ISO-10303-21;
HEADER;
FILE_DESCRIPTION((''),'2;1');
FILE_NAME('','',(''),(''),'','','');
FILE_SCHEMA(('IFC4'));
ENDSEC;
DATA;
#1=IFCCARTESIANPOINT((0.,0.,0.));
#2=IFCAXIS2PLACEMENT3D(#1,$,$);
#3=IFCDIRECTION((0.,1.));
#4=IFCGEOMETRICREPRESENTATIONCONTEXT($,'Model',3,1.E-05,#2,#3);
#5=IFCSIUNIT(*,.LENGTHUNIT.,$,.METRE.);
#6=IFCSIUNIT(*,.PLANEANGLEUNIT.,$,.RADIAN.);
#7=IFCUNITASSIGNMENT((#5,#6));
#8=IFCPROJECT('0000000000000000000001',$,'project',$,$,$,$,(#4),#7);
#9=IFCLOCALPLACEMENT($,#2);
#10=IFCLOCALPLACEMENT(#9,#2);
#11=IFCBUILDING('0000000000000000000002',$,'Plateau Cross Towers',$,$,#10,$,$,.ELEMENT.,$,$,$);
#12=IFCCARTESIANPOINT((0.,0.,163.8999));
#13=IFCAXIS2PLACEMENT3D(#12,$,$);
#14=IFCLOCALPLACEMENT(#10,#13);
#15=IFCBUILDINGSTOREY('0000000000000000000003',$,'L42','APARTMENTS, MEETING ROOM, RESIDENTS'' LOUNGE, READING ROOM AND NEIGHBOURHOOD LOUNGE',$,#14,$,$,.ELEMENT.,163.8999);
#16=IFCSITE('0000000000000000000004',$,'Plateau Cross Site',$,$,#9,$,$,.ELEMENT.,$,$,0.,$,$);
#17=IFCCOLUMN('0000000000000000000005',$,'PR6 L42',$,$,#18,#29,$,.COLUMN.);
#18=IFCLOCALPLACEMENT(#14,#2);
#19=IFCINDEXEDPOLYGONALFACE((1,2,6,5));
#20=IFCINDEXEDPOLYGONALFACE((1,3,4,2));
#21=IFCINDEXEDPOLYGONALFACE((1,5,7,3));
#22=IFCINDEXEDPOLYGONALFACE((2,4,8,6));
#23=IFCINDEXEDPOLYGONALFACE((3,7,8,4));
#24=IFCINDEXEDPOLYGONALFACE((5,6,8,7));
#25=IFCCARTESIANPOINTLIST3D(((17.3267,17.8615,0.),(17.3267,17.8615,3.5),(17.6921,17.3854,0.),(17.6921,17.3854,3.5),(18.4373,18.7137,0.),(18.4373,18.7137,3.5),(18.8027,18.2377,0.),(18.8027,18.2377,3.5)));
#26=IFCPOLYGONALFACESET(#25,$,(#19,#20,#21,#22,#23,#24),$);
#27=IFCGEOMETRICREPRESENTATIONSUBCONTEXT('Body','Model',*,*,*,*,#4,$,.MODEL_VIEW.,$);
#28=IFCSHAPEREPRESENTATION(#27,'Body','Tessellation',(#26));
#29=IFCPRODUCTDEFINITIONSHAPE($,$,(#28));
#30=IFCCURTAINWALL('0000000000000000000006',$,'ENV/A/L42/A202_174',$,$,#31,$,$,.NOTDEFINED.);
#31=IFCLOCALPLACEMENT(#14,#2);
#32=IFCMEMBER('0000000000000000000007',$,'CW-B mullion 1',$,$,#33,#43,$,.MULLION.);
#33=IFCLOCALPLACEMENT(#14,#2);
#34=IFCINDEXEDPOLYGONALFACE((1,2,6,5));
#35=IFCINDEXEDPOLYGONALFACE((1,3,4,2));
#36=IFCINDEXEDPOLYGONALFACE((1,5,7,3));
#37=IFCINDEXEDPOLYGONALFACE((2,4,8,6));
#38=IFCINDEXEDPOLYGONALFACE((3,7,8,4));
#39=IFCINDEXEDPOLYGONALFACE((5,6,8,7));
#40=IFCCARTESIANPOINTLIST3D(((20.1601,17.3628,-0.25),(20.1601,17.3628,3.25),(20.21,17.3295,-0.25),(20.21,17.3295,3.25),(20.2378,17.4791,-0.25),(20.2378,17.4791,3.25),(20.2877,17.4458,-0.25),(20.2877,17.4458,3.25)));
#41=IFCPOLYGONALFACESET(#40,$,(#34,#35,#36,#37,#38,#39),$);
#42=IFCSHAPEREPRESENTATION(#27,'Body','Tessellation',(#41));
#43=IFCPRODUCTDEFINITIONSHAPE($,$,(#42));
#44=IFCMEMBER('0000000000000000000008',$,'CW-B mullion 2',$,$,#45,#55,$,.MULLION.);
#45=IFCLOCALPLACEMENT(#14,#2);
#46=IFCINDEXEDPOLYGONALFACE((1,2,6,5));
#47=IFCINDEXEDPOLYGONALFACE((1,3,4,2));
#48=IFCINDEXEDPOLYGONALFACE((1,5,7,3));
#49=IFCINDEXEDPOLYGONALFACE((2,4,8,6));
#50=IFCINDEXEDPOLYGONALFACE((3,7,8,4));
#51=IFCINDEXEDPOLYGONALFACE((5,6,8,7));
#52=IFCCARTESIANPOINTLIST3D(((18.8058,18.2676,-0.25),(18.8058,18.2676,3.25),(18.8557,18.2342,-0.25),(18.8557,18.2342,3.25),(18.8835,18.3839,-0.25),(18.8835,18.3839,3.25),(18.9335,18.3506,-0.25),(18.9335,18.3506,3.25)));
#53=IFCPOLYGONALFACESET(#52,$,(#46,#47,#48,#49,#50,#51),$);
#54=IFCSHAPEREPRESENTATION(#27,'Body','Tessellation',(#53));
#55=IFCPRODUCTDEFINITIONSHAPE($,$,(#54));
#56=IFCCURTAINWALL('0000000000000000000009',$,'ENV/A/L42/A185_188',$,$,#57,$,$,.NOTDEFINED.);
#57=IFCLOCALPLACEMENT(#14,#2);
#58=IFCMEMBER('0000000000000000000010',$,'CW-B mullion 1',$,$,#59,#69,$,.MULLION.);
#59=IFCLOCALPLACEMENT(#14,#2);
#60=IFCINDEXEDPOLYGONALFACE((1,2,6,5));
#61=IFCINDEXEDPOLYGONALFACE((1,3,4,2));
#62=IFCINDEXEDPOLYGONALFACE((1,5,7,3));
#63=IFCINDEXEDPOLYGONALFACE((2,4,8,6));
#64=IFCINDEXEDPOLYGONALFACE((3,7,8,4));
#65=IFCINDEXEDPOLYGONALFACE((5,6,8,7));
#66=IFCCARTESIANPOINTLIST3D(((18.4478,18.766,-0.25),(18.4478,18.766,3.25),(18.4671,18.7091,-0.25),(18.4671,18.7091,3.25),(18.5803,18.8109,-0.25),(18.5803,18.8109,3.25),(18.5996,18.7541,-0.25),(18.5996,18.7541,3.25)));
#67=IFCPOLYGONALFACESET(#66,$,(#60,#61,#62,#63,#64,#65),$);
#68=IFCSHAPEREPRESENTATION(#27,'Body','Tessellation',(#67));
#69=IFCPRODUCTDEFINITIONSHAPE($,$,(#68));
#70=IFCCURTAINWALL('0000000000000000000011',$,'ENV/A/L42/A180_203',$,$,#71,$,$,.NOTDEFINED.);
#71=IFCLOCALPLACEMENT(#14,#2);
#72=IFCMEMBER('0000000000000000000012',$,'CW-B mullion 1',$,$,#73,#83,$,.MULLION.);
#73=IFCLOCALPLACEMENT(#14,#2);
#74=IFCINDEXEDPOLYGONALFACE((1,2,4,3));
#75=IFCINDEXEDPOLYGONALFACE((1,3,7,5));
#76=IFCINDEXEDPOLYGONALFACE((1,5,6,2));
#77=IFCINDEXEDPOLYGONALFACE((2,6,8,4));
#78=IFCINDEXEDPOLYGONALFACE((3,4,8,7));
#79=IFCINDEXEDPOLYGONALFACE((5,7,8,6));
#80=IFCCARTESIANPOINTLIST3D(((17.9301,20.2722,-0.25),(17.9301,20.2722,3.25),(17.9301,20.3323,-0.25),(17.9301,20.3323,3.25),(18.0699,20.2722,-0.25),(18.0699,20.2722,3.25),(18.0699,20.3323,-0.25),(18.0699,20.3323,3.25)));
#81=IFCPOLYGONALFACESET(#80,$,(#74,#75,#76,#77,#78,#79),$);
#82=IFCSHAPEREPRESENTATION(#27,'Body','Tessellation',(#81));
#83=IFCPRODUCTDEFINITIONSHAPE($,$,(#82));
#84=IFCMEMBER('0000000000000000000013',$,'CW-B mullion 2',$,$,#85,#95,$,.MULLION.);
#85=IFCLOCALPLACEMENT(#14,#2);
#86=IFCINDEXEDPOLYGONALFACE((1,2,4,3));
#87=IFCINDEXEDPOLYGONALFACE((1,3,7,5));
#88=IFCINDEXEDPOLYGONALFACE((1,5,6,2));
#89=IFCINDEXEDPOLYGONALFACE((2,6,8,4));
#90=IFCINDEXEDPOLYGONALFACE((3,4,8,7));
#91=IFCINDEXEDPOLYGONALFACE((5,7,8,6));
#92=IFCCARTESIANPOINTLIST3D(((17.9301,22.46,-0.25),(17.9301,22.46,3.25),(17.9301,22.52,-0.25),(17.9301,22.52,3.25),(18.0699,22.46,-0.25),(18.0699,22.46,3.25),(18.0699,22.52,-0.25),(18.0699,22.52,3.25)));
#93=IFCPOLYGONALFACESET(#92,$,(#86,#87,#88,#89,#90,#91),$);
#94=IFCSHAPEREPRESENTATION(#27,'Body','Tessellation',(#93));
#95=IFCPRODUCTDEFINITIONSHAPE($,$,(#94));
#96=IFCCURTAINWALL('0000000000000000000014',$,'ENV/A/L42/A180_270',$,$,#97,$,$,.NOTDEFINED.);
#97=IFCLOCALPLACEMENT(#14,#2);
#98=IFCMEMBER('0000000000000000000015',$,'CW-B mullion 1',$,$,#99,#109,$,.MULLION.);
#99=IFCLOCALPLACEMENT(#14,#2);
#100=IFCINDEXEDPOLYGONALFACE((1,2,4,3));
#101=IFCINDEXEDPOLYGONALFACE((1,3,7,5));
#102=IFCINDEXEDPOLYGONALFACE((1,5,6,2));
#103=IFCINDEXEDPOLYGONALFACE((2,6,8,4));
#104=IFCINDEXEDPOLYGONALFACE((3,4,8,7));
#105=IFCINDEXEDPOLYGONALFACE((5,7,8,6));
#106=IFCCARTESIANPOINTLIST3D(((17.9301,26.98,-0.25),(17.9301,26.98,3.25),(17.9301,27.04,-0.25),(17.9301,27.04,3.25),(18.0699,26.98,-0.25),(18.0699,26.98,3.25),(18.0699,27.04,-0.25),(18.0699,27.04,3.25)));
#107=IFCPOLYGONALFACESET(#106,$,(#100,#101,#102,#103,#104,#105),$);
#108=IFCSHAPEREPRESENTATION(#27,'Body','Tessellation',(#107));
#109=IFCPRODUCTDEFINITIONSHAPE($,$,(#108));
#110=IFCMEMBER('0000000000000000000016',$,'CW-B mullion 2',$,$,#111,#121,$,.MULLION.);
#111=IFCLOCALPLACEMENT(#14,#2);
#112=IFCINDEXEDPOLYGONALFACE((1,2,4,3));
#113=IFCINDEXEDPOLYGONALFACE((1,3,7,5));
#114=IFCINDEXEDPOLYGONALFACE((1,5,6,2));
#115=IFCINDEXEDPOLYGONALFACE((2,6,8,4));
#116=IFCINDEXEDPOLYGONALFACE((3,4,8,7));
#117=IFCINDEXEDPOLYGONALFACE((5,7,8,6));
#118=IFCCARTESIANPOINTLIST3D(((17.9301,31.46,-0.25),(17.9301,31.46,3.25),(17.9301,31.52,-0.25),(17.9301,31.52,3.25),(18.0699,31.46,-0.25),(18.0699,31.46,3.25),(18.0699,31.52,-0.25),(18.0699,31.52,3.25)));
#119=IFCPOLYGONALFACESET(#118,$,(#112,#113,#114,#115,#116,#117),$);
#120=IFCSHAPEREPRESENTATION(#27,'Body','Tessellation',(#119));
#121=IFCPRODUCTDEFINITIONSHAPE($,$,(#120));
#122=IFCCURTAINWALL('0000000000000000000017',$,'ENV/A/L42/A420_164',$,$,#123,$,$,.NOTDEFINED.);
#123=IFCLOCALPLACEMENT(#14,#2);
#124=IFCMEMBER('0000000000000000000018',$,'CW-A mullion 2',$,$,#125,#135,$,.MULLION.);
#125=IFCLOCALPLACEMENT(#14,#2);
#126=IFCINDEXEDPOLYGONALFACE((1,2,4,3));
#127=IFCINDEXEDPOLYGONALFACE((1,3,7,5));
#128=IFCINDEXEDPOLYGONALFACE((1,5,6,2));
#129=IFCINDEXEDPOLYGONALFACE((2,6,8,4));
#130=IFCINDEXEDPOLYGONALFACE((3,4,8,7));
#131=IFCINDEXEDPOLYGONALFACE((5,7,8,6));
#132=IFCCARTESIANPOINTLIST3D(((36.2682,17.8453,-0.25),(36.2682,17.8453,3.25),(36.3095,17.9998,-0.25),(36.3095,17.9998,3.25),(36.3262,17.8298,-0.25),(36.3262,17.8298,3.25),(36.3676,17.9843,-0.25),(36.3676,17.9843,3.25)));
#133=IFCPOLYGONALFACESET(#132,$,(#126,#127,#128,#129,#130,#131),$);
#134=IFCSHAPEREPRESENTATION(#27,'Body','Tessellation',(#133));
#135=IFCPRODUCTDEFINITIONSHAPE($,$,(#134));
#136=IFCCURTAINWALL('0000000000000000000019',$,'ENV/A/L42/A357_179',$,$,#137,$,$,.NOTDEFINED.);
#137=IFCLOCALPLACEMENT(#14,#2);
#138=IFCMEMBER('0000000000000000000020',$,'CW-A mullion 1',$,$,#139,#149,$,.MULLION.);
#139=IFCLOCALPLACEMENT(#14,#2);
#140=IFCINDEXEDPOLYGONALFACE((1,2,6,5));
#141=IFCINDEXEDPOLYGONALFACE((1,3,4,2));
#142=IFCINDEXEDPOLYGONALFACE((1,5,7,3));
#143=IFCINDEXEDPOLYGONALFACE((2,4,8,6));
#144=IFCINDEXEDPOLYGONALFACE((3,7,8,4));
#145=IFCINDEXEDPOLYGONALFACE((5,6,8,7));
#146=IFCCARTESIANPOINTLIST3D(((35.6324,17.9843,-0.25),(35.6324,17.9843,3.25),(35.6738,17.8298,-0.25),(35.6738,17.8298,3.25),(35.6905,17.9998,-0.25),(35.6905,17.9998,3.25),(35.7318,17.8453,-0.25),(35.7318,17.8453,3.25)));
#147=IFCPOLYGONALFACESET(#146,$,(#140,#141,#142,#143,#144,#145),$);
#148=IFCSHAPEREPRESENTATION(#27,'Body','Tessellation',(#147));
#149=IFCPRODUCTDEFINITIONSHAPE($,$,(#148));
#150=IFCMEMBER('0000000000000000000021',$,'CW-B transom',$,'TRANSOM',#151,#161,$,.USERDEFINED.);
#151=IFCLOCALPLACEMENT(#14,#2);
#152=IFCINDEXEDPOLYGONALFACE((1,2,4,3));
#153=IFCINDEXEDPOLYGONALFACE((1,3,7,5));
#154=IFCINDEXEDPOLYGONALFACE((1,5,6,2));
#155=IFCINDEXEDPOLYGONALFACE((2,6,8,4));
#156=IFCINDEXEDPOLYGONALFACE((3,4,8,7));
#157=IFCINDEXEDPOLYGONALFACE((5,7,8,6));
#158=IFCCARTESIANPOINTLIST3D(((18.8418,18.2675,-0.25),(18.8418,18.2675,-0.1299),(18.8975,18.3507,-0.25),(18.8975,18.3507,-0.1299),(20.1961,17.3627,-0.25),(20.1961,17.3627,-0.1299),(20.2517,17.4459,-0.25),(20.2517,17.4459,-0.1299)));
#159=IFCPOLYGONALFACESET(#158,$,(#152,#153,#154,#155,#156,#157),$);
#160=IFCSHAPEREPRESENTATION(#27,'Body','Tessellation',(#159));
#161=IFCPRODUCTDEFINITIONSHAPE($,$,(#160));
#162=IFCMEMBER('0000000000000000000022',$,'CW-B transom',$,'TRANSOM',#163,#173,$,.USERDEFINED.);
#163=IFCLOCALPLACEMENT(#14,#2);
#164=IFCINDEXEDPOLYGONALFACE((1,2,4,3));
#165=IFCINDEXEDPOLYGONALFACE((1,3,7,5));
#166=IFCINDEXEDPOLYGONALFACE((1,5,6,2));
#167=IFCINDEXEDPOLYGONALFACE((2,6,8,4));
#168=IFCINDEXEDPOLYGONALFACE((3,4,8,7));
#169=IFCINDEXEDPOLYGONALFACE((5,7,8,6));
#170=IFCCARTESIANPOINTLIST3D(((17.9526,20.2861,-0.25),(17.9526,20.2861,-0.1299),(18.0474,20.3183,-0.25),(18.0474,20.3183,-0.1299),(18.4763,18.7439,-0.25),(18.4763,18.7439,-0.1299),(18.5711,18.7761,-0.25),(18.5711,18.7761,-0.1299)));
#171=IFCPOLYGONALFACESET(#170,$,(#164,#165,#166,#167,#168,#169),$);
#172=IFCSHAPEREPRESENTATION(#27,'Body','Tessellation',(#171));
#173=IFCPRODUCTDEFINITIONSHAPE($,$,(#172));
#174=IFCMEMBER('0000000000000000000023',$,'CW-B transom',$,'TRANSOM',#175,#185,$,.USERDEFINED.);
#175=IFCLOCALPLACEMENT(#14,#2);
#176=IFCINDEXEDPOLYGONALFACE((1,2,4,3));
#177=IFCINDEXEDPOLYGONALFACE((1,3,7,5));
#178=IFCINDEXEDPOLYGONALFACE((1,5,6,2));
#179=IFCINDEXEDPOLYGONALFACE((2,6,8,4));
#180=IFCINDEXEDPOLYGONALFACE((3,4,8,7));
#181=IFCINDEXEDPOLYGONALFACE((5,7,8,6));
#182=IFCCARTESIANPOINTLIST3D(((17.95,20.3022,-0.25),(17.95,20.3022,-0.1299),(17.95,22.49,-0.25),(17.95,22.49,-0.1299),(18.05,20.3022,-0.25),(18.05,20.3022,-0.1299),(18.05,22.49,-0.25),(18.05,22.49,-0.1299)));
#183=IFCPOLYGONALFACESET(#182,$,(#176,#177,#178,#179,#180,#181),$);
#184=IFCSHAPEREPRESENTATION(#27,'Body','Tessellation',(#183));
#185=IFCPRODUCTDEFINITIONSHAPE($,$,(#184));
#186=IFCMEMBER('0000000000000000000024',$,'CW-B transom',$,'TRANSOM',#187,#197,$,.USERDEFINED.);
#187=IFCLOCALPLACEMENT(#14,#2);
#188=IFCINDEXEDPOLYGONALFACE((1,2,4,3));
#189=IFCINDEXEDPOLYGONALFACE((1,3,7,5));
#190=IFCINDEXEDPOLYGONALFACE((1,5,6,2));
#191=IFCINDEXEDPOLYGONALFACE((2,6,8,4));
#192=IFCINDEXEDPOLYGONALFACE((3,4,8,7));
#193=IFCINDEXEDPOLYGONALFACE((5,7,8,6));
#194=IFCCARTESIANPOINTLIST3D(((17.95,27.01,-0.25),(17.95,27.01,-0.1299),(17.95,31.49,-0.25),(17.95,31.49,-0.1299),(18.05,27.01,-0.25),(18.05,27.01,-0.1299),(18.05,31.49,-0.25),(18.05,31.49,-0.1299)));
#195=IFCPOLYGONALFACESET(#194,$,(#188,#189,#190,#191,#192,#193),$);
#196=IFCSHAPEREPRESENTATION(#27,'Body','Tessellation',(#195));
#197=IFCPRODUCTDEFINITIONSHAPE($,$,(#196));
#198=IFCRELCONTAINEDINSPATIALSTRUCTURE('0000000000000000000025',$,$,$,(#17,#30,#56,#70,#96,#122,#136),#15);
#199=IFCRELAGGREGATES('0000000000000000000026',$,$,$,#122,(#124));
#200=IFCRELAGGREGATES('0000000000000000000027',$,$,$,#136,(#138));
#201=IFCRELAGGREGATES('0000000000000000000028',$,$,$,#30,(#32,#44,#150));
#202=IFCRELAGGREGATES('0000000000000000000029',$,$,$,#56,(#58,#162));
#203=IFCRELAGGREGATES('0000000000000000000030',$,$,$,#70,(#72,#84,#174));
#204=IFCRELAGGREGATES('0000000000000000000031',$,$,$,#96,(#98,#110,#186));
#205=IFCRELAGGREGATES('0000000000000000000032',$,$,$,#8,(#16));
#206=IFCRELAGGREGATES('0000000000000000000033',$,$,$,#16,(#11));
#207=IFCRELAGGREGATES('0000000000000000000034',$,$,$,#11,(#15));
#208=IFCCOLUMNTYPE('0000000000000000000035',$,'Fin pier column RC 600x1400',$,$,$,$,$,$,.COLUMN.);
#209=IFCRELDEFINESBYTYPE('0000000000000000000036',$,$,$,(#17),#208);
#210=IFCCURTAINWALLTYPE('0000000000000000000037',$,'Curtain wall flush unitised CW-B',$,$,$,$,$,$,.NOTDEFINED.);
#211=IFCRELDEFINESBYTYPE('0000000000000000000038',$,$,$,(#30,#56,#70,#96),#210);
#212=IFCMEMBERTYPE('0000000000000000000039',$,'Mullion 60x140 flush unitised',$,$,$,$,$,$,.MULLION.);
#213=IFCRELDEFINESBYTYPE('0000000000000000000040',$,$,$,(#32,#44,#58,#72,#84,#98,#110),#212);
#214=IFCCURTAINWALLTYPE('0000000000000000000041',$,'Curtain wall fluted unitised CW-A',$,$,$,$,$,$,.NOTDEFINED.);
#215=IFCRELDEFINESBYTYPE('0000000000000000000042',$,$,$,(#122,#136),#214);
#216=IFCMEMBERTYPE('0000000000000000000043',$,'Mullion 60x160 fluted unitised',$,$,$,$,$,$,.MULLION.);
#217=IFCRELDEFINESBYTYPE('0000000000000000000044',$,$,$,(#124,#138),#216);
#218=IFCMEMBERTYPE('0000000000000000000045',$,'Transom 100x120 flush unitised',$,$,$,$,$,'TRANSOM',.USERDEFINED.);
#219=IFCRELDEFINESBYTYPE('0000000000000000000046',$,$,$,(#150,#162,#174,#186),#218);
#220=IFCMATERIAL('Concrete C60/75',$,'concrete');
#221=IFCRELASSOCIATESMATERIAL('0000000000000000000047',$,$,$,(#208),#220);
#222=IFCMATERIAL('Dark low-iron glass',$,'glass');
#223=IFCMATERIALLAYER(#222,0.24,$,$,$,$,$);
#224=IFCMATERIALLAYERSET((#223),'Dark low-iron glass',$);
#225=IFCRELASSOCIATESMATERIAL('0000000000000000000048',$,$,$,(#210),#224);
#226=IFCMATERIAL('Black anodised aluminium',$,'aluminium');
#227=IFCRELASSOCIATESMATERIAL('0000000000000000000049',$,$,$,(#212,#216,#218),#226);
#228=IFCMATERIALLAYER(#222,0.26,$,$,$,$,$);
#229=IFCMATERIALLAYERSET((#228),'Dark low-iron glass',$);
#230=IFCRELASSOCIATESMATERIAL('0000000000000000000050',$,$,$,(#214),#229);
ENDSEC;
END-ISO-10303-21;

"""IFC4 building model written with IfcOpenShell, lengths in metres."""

from ifc_helpers import new_model, si_unit, direction, frame, origin, origin_2d, place, context, subcontext, project, spatial, rectangle, extrude, material, layer, layer_set, material_profile, profile_set, type_object, element, aggregate, save


model = new_model("IFC4")

# Units and contexts
model_context = context("Model", 3, precision=1e-05, world=origin(), true_north=direction((0.0, 1.0)))
body_context = subcontext(model_context, "Body", "Model", "MODEL_VIEW")
ifc_project = project(units=[si_unit("LENGTHUNIT", "METRE"), si_unit("PLANEANGLEUNIT", "RADIAN")], contexts=[model_context])

# Site, building, storey
site_placement = place(None, origin())
site = spatial("IfcSite", under=ifc_project, at=site_placement, Name="Plateau Cross Site", CompositionType="ELEMENT", RefElevation=0.0)
building_placement = place(site_placement, origin())
building = spatial("IfcBuilding", under=site, at=building_placement, Name="Plateau Cross Towers", CompositionType="ELEMENT")
storey_placement = place(building_placement, frame((0.0, 0.0, 163.8999)))
storey = spatial("IfcBuildingStorey", under=building, at=storey_placement, Name="L42", Description="APARTMENTS, MEETING ROOM, RESIDENTS' LOUNGE, READING ROOM AND NEIGHBOURHOOD LOUNGE", CompositionType="ELEMENT", Elevation=163.8999)

# Column
ifc_material_1 = material(Name="Concrete C60/75", Category="concrete")
ifc_material_profile_1 = material_profile(ifc_material_1, rectangle(XDim=0.6001, YDim=1.3999, at=origin_2d()), Name="RC 600x1400")
ifc_profile_set_1 = profile_set([ifc_material_profile_1], Name="Concrete C60/75")
column_type = type_object("IfcColumnType", Name="Fin pier column RC 600x1400", PredefinedType="COLUMN", material=ifc_profile_set_1)
column_placement = place(storey_placement, frame((18.0647, 18.0496, 0.0), z_axis=(0.0, 0.0, 1.0), x_axis=(-0.608811, 0.793315, 0.0)))
element("IfcColumn", 1, at=column_placement, inside=storey, type_object=column_type, Name="PR6 L42", PredefinedType="COLUMN", context=body_context, shape_type="SweptSolid", body=[
    extrude(rectangle(XDim=0.6001, YDim=1.3999, at=origin_2d()), origin(), (0.0, 0.0, 1.0), 3.5),
])

# Curtain wall, members
ifc_material_2 = material(Name="Dark low-iron glass", Category="glass")
ifc_layer_1 = layer(ifc_material_2, 0.24)
ifc_layer_set_1 = layer_set([ifc_layer_1], Name="Dark low-iron glass")
curtain_wall_type_1 = type_object("IfcCurtainWallType", Name="Curtain wall flush unitised CW-B", PredefinedType="NOTDEFINED", material=ifc_layer_set_1)
curtain_wall_1_placement = place(storey_placement, origin())
curtain_wall_1 = element("IfcCurtainWall", 2, at=curtain_wall_1_placement, inside=storey, type_object=curtain_wall_type_1, Name="ENV/A/L42/A202_174", PredefinedType="NOTDEFINED")
ifc_material_3 = material(Name="Black anodised aluminium", Category="aluminium")
ifc_material_profile_2 = material_profile(ifc_material_3, rectangle(XDim=0.0601, YDim=0.1399, at=origin_2d()), Name="MULLION 60x140")
ifc_profile_set_2 = profile_set([ifc_material_profile_2], Name="Black anodised aluminium")
member_type_1 = type_object("IfcMemberType", Name="Mullion 60x140 flush unitised", PredefinedType="MULLION", material=ifc_profile_set_2)
member_1_placement = place(storey_placement, frame((20.2239, 17.4043, -0.25), z_axis=(0.0, 0.0, 1.0), x_axis=(-0.831521, 0.555493, 0.0)))
member_1 = element("IfcMember", 3, at=member_1_placement, type_object=member_type_1, Name="CW-B mullion 1", PredefinedType="MULLION", context=body_context, shape_type="SweptSolid", body=[
    extrude(rectangle(XDim=0.0601, YDim=0.1399, at=origin_2d()), origin(), (0.0, 0.0, 1.0), 3.5),
])
member_2_placement = place(storey_placement, frame((18.8696, 18.3091, -0.25), z_axis=(0.0, 0.0, 1.0), x_axis=(-0.831521, 0.555493, 0.0)))
member_2 = element("IfcMember", 4, at=member_2_placement, type_object=member_type_1, Name="CW-B mullion 2", PredefinedType="MULLION", context=body_context, shape_type="SweptSolid", body=[
    extrude(rectangle(XDim=0.0601, YDim=0.1399, at=origin_2d()), origin(), (0.0, 0.0, 1.0), 3.5),
])

# Curtain wall, member
curtain_wall_2_placement = place(storey_placement, origin())
curtain_wall_2 = element("IfcCurtainWall", 5, at=curtain_wall_2_placement, inside=storey, type_object=curtain_wall_type_1, Name="ENV/A/L42/A185_188", PredefinedType="NOTDEFINED")
member_3_placement = place(storey_placement, frame((18.5237, 18.76, -0.25), z_axis=(0.0, 0.0, 1.0), x_axis=(-0.321469, 0.94692, 0.0)))
member_3 = element("IfcMember", 6, at=member_3_placement, type_object=member_type_1, Name="CW-B mullion 1", PredefinedType="MULLION", context=body_context, shape_type="SweptSolid", body=[
    extrude(rectangle(XDim=0.0601, YDim=0.1399, at=origin_2d()), origin(), (0.0, 0.0, 1.0), 3.5),
])

# Curtain walls, members
curtain_wall_3_placement = place(storey_placement, origin())
curtain_wall_3 = element("IfcCurtainWall", 7, at=curtain_wall_3_placement, inside=storey, type_object=curtain_wall_type_1, Name="ENV/A/L42/A180_203", PredefinedType="NOTDEFINED")
member_4_placement = place(storey_placement, frame((18.0, 20.3022, -0.25), z_axis=(0.0, 0.0, 1.0), x_axis=(0.0, 1.0, 0.0)))
member_4 = element("IfcMember", 8, at=member_4_placement, type_object=member_type_1, Name="CW-B mullion 1", PredefinedType="MULLION", context=body_context, shape_type="SweptSolid", body=[
    extrude(rectangle(XDim=0.0601, YDim=0.1399, at=origin_2d()), origin(), (0.0, 0.0, 1.0), 3.5),
])
member_5_placement = place(storey_placement, frame((18.0, 22.49, -0.25), z_axis=(0.0, 0.0, 1.0), x_axis=(0.0, 1.0, 0.0)))
member_5 = element("IfcMember", 9, at=member_5_placement, type_object=member_type_1, Name="CW-B mullion 2", PredefinedType="MULLION", context=body_context, shape_type="SweptSolid", body=[
    extrude(rectangle(XDim=0.0601, YDim=0.1399, at=origin_2d()), origin(), (0.0, 0.0, 1.0), 3.5),
])
curtain_wall_4_placement = place(storey_placement, origin())
curtain_wall_4 = element("IfcCurtainWall", 10, at=curtain_wall_4_placement, inside=storey, type_object=curtain_wall_type_1, Name="ENV/A/L42/A180_270", PredefinedType="NOTDEFINED")
member_6_placement = place(storey_placement, frame((18.0, 27.01, -0.25), z_axis=(0.0, 0.0, 1.0), x_axis=(0.0, 1.0, 0.0)))
member_6 = element("IfcMember", 11, at=member_6_placement, type_object=member_type_1, Name="CW-B mullion 1", PredefinedType="MULLION", context=body_context, shape_type="SweptSolid", body=[
    extrude(rectangle(XDim=0.0601, YDim=0.1399, at=origin_2d()), origin(), (0.0, 0.0, 1.0), 3.5),
])
member_7_placement = place(storey_placement, frame((18.0, 31.49, -0.25), z_axis=(0.0, 0.0, 1.0), x_axis=(0.0, 1.0, 0.0)))
member_7 = element("IfcMember", 12, at=member_7_placement, type_object=member_type_1, Name="CW-B mullion 2", PredefinedType="MULLION", context=body_context, shape_type="SweptSolid", body=[
    extrude(rectangle(XDim=0.0601, YDim=0.1399, at=origin_2d()), origin(), (0.0, 0.0, 1.0), 3.5),
])

# Curtain walls, members
ifc_layer_2 = layer(ifc_material_2, 0.26)
ifc_layer_set_2 = layer_set([ifc_layer_2], Name="Dark low-iron glass")
curtain_wall_type_2 = type_object("IfcCurtainWallType", Name="Curtain wall fluted unitised CW-A", PredefinedType="NOTDEFINED", material=ifc_layer_set_2)
curtain_wall_5_placement = place(storey_placement, origin())
curtain_wall_5 = element("IfcCurtainWall", 13, at=curtain_wall_5_placement, inside=storey, type_object=curtain_wall_type_2, Name="ENV/A/L42/A420_164", PredefinedType="NOTDEFINED")
ifc_material_profile_3 = material_profile(ifc_material_3, rectangle(XDim=0.0601, YDim=0.1599, at=origin_2d()), Name="MULLION 60x160")
ifc_profile_set_3 = profile_set([ifc_material_profile_3], Name="Black anodised aluminium")
member_type_2 = type_object("IfcMemberType", Name="Mullion 60x160 fluted unitised", PredefinedType="MULLION", material=ifc_profile_set_3)
member_8_placement = place(storey_placement, frame((36.3179, 17.9148, -0.25), z_axis=(0.0, 0.0, 1.0), x_axis=(-0.965958, 0.258699, 0.0)))
member_8 = element("IfcMember", 14, at=member_8_placement, type_object=member_type_2, Name="CW-A mullion 2", PredefinedType="MULLION", context=body_context, shape_type="SweptSolid", body=[
    extrude(rectangle(XDim=0.0601, YDim=0.1599, at=origin_2d()), origin(), (0.0, 0.0, 1.0), 3.5),
])
aggregate(curtain_wall_5, [member_8])
curtain_wall_6_placement = place(storey_placement, origin())
curtain_wall_6 = element("IfcCurtainWall", 15, at=curtain_wall_6_placement, inside=storey, type_object=curtain_wall_type_2, Name="ENV/A/L42/A357_179", PredefinedType="NOTDEFINED")
member_9_placement = place(storey_placement, frame((35.6821, 17.9148, -0.25), z_axis=(0.0, 0.0, 1.0), x_axis=(-0.965958, -0.258699, 0.0)))
member_9 = element("IfcMember", 16, at=member_9_placement, type_object=member_type_2, Name="CW-A mullion 1", PredefinedType="MULLION", context=body_context, shape_type="SweptSolid", body=[
    extrude(rectangle(XDim=0.0601, YDim=0.1599, at=origin_2d()), origin(), (0.0, 0.0, 1.0), 3.5),
])

# Members
ifc_material_profile_4 = material_profile(ifc_material_3, rectangle(XDim=0.1001, YDim=0.1201, at=origin_2d()), Name="TRANSOM 100x120")
ifc_profile_set_4 = profile_set([ifc_material_profile_4], Name="Black anodised aluminium")
member_type_3 = type_object("IfcMemberType", Name="Transom 100x120 flush unitised", ElementType="TRANSOM", PredefinedType="USERDEFINED", material=ifc_profile_set_4)
member_10_placement = place(storey_placement, frame((20.2239, 17.4043, -0.1899), z_axis=(-0.831496, 0.55553, 0.0), x_axis=(-0.55553, -0.831496, 0.0)))
member_10 = element("IfcMember", 17, at=member_10_placement, type_object=member_type_3, Name="CW-B transom", ObjectType="TRANSOM", PredefinedType="USERDEFINED", context=body_context, shape_type="SweptSolid", body=[
    extrude(rectangle(XDim=0.1001, YDim=0.1201, at=origin_2d()), origin(), (0.0, 0.0, 1.0), 1.6287),
])
member_11_placement = place(storey_placement, frame((18.5237, 18.76, -0.1899), z_axis=(-0.321529, 0.9469, 0.0), x_axis=(-0.9469, -0.321529, 0.0)))
member_11 = element("IfcMember", 18, at=member_11_placement, type_object=member_type_3, Name="CW-B transom", ObjectType="TRANSOM", PredefinedType="USERDEFINED", context=body_context, shape_type="SweptSolid", body=[
    extrude(rectangle(XDim=0.1001, YDim=0.1201, at=origin_2d()), origin(), (0.0, 0.0, 1.0), 1.6287),
])
member_12_placement = place(storey_placement, frame((18.0, 20.3022, -0.1899), z_axis=(0.0, 1.0, 0.0), x_axis=(-1.0, 0.0, 0.0)))
member_12 = element("IfcMember", 19, at=member_12_placement, type_object=member_type_3, Name="CW-B transom", ObjectType="TRANSOM", PredefinedType="USERDEFINED", context=body_context, shape_type="SweptSolid", body=[
    extrude(rectangle(XDim=0.1001, YDim=0.1201, at=origin_2d()), origin(), (0.0, 0.0, 1.0), 2.1877),
])
member_13_placement = place(storey_placement, frame((18.0, 27.01, -0.1899), z_axis=(0.0, 1.0, 0.0), x_axis=(-1.0, 0.0, 0.0)))
member_13 = element("IfcMember", 20, at=member_13_placement, type_object=member_type_3, Name="CW-B transom", ObjectType="TRANSOM", PredefinedType="USERDEFINED", context=body_context, shape_type="SweptSolid", body=[
    extrude(rectangle(XDim=0.1001, YDim=0.1201, at=origin_2d()), origin(), (0.0, 0.0, 1.0), 4.48),
])
aggregate(curtain_wall_6, [member_9])

aggregate(curtain_wall_1, [member_1, member_2, member_10])
aggregate(curtain_wall_2, [member_3, member_11])
aggregate(curtain_wall_3, [member_4, member_5, member_12])
aggregate(curtain_wall_4, [member_6, member_7, member_13])

save(model, "model.ifc")
